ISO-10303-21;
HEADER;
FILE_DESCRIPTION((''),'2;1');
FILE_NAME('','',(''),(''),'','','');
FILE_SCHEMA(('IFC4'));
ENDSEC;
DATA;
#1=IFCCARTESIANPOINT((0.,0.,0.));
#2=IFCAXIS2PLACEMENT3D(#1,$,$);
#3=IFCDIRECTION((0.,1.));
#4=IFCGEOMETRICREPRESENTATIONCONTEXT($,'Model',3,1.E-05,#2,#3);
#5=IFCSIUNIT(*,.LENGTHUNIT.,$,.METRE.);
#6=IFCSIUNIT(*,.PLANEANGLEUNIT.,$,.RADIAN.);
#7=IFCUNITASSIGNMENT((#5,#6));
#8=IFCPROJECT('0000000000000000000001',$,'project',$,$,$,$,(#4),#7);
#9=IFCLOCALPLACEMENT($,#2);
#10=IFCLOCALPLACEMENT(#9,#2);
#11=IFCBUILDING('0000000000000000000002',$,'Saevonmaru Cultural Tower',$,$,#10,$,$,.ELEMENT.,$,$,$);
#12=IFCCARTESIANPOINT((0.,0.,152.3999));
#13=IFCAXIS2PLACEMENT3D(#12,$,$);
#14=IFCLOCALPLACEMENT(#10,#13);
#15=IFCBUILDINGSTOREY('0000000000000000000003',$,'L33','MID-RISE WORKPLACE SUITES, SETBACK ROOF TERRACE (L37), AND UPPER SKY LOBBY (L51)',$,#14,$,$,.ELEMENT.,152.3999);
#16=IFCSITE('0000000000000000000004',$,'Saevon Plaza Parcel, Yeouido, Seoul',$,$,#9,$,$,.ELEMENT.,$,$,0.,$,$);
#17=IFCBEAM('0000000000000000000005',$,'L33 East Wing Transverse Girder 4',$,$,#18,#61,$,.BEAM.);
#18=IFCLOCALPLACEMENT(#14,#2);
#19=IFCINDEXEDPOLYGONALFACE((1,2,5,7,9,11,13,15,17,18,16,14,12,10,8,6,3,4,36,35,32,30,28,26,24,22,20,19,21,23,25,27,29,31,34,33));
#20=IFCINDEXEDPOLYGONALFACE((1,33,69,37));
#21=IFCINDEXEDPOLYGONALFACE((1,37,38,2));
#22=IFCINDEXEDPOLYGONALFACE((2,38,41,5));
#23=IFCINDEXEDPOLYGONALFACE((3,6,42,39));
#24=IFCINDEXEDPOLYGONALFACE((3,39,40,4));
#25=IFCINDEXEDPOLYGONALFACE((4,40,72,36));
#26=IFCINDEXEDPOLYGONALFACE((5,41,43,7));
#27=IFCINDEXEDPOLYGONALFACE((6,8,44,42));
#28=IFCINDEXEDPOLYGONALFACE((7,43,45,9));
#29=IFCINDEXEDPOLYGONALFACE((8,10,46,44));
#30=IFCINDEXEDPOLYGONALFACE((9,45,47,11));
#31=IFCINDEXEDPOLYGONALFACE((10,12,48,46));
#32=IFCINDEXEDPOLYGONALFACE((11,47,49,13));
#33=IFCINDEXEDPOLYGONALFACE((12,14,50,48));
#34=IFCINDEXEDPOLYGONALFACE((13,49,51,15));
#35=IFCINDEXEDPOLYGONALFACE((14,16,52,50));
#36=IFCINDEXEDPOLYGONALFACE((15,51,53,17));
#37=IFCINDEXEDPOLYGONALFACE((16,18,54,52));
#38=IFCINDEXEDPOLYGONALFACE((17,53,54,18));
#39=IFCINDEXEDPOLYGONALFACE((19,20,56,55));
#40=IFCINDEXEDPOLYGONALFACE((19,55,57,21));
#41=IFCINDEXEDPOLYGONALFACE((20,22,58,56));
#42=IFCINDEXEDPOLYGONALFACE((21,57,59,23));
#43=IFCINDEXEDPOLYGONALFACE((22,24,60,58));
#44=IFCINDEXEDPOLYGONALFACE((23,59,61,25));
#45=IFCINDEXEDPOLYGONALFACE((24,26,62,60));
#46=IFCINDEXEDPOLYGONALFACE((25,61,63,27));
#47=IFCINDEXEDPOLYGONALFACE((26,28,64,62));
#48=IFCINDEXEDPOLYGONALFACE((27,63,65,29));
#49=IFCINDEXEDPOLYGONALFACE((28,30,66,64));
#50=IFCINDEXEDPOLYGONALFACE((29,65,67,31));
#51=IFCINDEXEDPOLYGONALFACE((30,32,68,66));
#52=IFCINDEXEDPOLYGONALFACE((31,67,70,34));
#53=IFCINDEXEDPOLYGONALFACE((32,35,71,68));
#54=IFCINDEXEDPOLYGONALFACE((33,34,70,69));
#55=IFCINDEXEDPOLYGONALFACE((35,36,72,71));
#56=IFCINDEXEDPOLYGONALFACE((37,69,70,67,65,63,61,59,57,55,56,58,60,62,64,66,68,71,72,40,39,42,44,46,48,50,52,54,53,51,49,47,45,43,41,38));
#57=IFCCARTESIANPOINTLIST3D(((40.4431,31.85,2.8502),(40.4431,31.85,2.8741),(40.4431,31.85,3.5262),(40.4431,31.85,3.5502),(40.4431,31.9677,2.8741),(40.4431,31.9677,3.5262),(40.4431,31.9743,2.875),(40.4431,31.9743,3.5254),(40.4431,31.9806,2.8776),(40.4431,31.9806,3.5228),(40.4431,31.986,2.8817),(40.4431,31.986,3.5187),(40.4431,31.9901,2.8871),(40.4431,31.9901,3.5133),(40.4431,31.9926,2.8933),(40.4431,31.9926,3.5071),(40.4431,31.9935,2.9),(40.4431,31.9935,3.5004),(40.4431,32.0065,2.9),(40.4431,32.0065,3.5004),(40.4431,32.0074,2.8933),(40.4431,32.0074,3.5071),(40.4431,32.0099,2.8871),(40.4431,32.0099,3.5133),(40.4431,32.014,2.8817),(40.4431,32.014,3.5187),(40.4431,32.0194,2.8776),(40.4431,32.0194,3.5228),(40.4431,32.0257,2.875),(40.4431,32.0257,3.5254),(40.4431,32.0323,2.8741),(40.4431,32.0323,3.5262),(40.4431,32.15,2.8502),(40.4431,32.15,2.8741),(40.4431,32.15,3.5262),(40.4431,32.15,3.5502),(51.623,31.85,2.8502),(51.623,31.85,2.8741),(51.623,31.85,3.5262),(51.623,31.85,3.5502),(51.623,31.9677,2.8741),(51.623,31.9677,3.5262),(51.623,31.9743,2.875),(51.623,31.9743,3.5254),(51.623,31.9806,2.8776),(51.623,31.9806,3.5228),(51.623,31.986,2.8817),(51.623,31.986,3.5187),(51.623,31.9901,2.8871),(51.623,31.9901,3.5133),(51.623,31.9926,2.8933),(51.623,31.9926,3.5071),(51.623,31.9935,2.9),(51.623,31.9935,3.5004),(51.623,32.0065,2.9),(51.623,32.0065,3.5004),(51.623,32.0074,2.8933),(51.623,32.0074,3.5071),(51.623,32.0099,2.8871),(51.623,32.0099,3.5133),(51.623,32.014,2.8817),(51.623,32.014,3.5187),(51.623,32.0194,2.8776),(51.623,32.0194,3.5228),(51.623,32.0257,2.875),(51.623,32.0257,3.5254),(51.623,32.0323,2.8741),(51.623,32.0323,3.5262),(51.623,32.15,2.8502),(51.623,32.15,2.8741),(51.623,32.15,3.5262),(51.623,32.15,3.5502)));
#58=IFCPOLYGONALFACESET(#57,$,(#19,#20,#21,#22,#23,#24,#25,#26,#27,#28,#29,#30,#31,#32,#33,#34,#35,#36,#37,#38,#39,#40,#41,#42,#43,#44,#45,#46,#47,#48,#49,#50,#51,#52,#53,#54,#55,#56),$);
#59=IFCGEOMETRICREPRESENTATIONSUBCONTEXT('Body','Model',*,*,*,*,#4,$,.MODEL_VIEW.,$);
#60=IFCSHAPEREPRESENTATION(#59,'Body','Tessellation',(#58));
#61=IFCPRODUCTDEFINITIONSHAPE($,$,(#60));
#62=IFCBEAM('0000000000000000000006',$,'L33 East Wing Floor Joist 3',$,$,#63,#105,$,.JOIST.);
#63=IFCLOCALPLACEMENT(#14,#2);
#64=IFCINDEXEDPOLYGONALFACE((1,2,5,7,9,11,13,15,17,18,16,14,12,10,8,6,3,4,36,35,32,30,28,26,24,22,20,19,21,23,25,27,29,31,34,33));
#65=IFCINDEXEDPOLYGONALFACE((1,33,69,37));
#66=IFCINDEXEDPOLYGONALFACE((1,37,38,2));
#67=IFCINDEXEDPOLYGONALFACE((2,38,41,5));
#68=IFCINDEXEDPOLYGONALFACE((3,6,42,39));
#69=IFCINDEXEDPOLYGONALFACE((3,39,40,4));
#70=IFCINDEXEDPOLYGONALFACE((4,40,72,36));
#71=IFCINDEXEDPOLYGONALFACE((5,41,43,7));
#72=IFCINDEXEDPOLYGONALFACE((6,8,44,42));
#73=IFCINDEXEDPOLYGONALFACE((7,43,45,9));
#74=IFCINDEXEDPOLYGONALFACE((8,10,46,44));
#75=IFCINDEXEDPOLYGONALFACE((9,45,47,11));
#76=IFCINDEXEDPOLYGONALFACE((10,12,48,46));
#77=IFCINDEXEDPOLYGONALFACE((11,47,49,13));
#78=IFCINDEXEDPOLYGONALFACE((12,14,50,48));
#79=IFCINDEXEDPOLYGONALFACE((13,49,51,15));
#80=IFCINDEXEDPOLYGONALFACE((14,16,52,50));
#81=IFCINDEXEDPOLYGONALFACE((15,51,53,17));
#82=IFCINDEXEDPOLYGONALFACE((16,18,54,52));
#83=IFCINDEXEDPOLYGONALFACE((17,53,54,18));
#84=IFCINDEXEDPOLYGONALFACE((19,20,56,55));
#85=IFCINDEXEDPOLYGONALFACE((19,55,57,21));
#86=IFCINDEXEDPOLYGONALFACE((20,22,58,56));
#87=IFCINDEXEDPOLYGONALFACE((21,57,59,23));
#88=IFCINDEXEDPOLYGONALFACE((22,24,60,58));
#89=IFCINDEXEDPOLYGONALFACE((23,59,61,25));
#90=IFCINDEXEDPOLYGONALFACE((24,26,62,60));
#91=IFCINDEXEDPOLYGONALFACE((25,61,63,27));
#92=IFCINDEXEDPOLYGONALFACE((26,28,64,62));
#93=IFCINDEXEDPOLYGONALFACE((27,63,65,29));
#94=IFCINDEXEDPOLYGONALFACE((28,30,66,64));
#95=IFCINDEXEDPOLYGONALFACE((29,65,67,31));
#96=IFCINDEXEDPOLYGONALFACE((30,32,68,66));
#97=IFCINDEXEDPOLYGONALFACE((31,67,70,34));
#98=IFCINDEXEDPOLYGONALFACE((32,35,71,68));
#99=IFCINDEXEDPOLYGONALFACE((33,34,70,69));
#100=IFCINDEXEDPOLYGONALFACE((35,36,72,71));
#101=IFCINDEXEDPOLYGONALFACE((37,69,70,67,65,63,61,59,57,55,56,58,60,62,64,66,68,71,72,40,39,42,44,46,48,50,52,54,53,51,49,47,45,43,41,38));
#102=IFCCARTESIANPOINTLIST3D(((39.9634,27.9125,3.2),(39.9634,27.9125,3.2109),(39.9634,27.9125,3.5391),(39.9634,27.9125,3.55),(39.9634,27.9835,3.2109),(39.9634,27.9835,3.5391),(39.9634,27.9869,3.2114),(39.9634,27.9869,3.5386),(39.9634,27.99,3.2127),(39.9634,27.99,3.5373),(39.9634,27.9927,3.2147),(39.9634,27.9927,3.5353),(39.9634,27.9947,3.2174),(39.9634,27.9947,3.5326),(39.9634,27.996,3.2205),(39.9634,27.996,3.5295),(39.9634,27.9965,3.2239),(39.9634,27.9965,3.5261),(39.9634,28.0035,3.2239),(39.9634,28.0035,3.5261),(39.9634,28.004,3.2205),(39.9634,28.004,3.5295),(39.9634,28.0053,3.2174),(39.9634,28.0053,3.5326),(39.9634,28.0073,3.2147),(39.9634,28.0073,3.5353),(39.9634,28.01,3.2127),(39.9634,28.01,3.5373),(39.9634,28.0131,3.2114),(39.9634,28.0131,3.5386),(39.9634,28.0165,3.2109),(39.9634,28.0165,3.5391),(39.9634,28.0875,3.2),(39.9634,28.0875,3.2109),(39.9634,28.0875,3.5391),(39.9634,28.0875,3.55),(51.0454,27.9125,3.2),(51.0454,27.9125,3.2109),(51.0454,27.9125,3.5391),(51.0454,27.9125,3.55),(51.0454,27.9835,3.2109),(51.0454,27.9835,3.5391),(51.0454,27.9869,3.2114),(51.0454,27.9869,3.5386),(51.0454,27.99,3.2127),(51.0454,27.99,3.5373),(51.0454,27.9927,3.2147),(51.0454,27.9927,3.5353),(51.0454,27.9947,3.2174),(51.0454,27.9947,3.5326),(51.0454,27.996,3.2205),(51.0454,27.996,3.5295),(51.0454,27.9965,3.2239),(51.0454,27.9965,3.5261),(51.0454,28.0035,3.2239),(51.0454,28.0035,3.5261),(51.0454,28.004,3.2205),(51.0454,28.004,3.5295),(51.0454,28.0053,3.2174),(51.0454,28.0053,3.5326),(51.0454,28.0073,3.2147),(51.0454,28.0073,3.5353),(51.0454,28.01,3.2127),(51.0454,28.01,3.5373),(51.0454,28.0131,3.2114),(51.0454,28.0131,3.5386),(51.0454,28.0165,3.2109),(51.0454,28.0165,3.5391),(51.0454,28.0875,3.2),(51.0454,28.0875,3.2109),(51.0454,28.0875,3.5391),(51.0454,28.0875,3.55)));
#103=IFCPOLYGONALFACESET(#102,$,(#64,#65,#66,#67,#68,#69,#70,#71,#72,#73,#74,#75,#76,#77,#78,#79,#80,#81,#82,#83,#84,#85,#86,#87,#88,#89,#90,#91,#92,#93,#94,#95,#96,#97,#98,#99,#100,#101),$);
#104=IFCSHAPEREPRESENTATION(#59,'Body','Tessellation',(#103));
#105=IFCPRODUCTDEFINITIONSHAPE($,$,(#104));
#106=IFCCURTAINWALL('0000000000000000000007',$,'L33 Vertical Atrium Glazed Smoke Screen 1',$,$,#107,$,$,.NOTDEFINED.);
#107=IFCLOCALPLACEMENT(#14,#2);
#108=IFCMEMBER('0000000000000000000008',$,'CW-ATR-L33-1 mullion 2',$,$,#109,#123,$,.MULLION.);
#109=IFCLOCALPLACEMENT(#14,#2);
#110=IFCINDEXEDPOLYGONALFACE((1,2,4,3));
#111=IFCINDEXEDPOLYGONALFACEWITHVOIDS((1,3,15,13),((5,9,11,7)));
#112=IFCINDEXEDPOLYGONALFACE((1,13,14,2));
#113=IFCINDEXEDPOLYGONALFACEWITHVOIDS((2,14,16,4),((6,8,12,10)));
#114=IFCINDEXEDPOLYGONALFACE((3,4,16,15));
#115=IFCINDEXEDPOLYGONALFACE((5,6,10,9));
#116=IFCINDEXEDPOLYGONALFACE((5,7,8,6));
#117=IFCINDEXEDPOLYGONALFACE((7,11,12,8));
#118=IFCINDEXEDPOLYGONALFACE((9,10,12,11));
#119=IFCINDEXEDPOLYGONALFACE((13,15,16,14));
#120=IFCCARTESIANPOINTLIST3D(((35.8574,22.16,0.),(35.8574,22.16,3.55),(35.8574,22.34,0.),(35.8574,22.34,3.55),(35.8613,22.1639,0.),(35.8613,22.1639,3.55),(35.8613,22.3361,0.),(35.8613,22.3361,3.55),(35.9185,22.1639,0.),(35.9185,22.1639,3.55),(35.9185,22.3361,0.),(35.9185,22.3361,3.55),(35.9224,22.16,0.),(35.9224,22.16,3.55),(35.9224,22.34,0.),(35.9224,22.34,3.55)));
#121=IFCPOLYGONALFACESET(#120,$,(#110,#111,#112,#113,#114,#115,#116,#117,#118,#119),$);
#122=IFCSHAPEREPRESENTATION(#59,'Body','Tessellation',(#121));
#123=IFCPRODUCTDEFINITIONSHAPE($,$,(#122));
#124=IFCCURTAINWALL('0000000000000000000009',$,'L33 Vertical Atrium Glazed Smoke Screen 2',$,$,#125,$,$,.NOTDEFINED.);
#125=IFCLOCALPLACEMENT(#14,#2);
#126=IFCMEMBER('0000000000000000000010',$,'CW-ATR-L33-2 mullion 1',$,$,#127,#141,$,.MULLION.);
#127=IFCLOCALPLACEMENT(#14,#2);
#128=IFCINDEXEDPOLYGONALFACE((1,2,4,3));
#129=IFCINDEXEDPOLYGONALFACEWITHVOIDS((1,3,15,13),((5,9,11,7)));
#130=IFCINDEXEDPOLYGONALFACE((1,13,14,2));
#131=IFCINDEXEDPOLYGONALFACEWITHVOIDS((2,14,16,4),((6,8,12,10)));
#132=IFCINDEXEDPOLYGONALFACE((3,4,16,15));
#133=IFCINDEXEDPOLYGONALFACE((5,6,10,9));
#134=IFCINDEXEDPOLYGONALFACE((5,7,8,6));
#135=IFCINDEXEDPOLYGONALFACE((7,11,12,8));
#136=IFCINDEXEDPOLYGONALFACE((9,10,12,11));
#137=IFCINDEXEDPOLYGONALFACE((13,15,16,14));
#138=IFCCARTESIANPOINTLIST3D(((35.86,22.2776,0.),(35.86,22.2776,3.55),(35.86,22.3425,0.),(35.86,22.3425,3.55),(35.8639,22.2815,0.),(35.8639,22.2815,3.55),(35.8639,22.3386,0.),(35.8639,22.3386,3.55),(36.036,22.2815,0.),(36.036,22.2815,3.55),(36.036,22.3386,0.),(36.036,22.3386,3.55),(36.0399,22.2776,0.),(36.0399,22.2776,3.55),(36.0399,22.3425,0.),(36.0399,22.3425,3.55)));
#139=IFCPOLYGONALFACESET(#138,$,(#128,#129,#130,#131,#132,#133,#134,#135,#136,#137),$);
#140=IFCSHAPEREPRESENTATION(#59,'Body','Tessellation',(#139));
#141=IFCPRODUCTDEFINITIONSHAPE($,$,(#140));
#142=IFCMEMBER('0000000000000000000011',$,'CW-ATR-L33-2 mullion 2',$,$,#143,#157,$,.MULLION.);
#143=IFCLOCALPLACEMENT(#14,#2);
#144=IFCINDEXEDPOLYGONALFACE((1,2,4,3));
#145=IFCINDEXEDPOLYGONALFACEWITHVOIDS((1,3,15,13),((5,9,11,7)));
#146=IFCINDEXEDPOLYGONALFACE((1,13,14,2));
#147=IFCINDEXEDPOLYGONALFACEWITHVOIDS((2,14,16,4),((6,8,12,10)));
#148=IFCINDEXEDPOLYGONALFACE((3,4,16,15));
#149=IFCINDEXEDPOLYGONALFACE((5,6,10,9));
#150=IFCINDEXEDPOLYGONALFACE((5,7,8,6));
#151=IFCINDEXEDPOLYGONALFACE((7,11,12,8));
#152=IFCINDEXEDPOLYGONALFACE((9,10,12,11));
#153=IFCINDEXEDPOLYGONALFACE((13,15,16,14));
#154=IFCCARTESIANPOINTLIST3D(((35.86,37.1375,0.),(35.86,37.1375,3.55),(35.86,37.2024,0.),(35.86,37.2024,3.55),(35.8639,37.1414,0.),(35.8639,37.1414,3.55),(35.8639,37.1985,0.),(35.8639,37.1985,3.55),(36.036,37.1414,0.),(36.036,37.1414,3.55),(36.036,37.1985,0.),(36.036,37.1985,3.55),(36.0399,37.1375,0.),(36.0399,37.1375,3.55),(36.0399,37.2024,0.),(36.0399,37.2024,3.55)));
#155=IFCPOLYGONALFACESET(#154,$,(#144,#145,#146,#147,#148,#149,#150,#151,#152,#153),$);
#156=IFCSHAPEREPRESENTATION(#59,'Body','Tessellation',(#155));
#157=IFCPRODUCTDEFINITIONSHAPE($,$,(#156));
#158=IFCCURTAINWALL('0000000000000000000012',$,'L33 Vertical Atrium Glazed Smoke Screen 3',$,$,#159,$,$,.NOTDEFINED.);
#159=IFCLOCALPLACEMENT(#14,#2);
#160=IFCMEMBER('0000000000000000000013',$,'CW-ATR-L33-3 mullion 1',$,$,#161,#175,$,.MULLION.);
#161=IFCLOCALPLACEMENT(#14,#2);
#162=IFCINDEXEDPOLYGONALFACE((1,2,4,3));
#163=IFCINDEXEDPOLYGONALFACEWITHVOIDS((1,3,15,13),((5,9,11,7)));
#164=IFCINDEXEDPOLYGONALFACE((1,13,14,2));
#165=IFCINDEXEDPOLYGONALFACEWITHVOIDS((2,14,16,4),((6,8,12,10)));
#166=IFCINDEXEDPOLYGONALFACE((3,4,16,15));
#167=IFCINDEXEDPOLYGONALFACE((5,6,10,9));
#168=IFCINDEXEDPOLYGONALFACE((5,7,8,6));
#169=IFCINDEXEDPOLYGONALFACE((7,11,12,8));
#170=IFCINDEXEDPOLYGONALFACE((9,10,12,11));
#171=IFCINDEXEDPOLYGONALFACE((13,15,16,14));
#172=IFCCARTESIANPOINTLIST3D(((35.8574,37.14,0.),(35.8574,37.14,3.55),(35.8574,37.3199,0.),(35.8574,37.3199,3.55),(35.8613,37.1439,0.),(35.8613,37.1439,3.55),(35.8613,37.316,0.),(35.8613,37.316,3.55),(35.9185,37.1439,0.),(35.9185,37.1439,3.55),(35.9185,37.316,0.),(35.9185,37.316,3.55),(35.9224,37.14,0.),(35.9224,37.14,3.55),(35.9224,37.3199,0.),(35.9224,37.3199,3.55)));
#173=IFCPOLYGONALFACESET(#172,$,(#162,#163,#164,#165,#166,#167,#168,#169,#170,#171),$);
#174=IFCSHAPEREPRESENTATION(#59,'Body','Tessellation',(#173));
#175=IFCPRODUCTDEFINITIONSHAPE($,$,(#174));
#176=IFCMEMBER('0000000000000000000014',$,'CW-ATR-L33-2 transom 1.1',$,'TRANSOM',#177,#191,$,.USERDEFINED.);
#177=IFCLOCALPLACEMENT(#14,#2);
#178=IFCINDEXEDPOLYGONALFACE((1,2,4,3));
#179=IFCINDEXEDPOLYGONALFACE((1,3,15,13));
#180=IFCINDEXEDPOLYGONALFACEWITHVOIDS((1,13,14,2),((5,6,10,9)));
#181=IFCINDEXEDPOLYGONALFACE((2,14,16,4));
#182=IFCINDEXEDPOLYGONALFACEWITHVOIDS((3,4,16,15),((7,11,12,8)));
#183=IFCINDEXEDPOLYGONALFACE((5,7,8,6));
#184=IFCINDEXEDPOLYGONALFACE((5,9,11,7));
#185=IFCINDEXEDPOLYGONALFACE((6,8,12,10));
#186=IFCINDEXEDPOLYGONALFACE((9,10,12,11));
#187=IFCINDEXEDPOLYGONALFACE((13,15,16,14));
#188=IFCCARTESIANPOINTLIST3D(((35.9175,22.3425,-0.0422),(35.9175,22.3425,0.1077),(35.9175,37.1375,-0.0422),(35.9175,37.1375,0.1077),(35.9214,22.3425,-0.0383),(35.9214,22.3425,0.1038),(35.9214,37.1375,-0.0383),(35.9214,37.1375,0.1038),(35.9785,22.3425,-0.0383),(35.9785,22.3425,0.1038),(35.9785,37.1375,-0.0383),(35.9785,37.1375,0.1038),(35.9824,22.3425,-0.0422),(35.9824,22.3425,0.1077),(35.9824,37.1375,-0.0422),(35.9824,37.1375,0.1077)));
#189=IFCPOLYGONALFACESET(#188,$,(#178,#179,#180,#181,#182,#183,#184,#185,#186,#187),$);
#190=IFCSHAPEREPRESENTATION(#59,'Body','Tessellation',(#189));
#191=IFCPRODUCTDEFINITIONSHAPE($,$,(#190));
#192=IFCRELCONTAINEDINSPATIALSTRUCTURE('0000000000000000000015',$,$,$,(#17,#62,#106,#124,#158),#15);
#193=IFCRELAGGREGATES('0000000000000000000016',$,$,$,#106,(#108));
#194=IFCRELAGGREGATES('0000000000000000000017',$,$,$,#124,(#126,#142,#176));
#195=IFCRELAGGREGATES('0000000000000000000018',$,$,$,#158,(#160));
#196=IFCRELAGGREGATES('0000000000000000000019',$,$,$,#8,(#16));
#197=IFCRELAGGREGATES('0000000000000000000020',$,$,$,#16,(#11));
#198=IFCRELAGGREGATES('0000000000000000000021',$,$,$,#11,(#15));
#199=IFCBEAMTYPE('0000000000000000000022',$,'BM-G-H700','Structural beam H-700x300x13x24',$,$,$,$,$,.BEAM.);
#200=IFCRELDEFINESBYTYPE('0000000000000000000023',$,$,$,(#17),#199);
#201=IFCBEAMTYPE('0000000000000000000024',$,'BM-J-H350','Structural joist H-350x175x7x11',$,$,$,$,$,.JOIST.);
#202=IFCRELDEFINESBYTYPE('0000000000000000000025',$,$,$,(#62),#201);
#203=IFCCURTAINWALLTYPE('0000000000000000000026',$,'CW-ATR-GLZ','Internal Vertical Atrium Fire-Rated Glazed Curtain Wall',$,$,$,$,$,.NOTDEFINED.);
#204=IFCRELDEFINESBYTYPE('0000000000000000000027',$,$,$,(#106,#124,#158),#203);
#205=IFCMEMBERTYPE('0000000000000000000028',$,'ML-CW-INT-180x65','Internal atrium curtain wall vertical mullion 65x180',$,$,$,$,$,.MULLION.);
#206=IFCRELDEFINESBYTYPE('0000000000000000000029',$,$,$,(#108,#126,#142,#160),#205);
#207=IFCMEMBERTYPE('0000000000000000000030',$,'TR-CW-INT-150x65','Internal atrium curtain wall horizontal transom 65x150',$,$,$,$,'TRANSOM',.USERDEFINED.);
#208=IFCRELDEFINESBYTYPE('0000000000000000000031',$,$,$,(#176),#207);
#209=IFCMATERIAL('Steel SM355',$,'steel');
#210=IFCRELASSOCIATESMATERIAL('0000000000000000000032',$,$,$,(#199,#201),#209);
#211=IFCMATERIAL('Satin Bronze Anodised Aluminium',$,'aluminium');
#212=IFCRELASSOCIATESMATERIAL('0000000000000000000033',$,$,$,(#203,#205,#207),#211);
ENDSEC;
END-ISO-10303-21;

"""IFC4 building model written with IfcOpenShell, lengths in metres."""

from ifc_helpers import new_model, si_unit, direction, frame, origin, origin_2d, place, context, subcontext, project, spatial, hollow_rectangle, i_section, extrude, material, material_profile, profile_set, type_object, element, aggregate, save


model = new_model("IFC4")

# Units and contexts
model_context = context("Model", 3, precision=1e-05, world=origin(), true_north=direction((0.0, 1.0)))
body_context = subcontext(model_context, "Body", "Model", "MODEL_VIEW")
ifc_project = project(units=[si_unit("LENGTHUNIT", "METRE"), si_unit("PLANEANGLEUNIT", "RADIAN")], contexts=[model_context])

# Site, building, storey
site_placement = place(None, origin())
site = spatial("IfcSite", under=ifc_project, at=site_placement, Name="Saevon Plaza Parcel, Yeouido, Seoul", CompositionType="ELEMENT", RefElevation=0.0)
building_placement = place(site_placement, origin())
building = spatial("IfcBuilding", under=site, at=building_placement, Name="Saevonmaru Cultural Tower", CompositionType="ELEMENT")
storey_placement = place(building_placement, frame((0.0, 0.0, 152.3999)))
storey = spatial("IfcBuildingStorey", under=building, at=storey_placement, Name="L33", Description="MID-RISE WORKPLACE SUITES, SETBACK ROOF TERRACE (L37), AND UPPER SKY LOBBY (L51)", CompositionType="ELEMENT", Elevation=152.3999)

# Shared definitions
ifc_material_1 = material(Name="Steel SM355", Category="steel")

# Beams
ifc_material_profile_1 = material_profile(ifc_material_1, i_section(OverallWidth=0.3, OverallDepth=0.7, WebThickness=0.0129, FlangeThickness=0.0239, FilletRadius=0.0259, at=origin_2d()), Name="H-700x300x13x24")
ifc_profile_set_1 = profile_set([ifc_material_profile_1], Name="Steel SM355")
beam_type_1 = type_object("IfcBeamType", Name="BM-G-H700", Description="Structural beam H-700x300x13x24", PredefinedType="BEAM", material=ifc_profile_set_1)
for number, where, z_axis, x_axis, name in (
    (1, (40.4431, 32.0, 3.2002), (1.0, 0.0, 0.0), (0.0, 1.0, 0.0), "L33 East Wing Transverse Girder 4"),
):
    element("IfcBeam", number, at=place(storey_placement, frame(where, z_axis=z_axis, x_axis=x_axis)), inside=storey, type_object=beam_type_1, Name=name, PredefinedType="BEAM", context=body_context, shape_type="SweptSolid", body=[
        extrude(i_section(OverallWidth=0.3, OverallDepth=0.7, WebThickness=0.0129, FlangeThickness=0.0239, FilletRadius=0.0259, at=origin_2d()), origin(), (0.0, 0.0, 1.0), 11.1799),
    ])
ifc_material_profile_2 = material_profile(ifc_material_1, i_section(OverallWidth=0.175, OverallDepth=0.3501, WebThickness=0.0071, FlangeThickness=0.011, FilletRadius=0.0129, at=origin_2d()), Name="H-350x175x7x11")
ifc_profile_set_2 = profile_set([ifc_material_profile_2], Name="Steel SM355")
beam_type_2 = type_object("IfcBeamType", Name="BM-J-H350", Description="Structural joist H-350x175x7x11", PredefinedType="JOIST", material=ifc_profile_set_2)
beam_1_placement = place(storey_placement, frame((39.9634, 28.0, 3.375), z_axis=(1.0, 0.0, 0.0), x_axis=(0.0, 1.0, 0.0)))
element("IfcBeam", 2, at=beam_1_placement, inside=storey, type_object=beam_type_2, Name="L33 East Wing Floor Joist 3", PredefinedType="JOIST", context=body_context, shape_type="SweptSolid", body=[
    extrude(i_section(OverallWidth=0.175, OverallDepth=0.3501, WebThickness=0.0071, FlangeThickness=0.011, FilletRadius=0.0129, at=origin_2d()), origin(), (0.0, 0.0, 1.0), 11.082),
])

# Curtain wall, member
ifc_material_2 = material(Name="Satin Bronze Anodised Aluminium", Category="aluminium")
curtain_wall_type = type_object("IfcCurtainWallType", Name="CW-ATR-GLZ", Description="Internal Vertical Atrium Fire-Rated Glazed Curtain Wall", PredefinedType="NOTDEFINED", material=ifc_material_2)
curtain_wall_1_placement = place(storey_placement, origin())
curtain_wall_1 = element("IfcCurtainWall", 3, at=curtain_wall_1_placement, inside=storey, type_object=curtain_wall_type, Name="L33 Vertical Atrium Glazed Smoke Screen 1", PredefinedType="NOTDEFINED")
ifc_material_profile_3 = material_profile(ifc_material_2, hollow_rectangle(XDim=0.0649, YDim=0.1799, WallThickness=0.0039, at=origin_2d()), Name="ALU-MULL-180x65x4")
ifc_profile_set_3 = profile_set([ifc_material_profile_3], Name="Satin Bronze Anodised Aluminium")
member_type_1 = type_object("IfcMemberType", Name="ML-CW-INT-180x65", Description="Internal atrium curtain wall vertical mullion 65x180", PredefinedType="MULLION", material=ifc_profile_set_3)
member_1_placement = place(storey_placement, frame((35.8899, 22.25, 0.0), z_axis=(0.0, 0.0, 1.0), x_axis=(1.0, 0.0, 0.0)))
member_1 = element("IfcMember", 4, at=member_1_placement, type_object=member_type_1, Name="CW-ATR-L33-1 mullion 2", PredefinedType="MULLION", context=body_context, shape_type="SweptSolid", body=[
    extrude(hollow_rectangle(XDim=0.0649, YDim=0.1799, WallThickness=0.0039, at=origin_2d()), origin(), (0.0, 0.0, 1.0), 3.55),
])

# Curtain wall, members
curtain_wall_2_placement = place(storey_placement, origin())
curtain_wall_2 = element("IfcCurtainWall", 5, at=curtain_wall_2_placement, inside=storey, type_object=curtain_wall_type, Name="L33 Vertical Atrium Glazed Smoke Screen 2", PredefinedType="NOTDEFINED")
member_2_placement = place(storey_placement, frame((35.95, 22.3101, 0.0), z_axis=(0.0, 0.0, 1.0), x_axis=(0.0, 1.0, 0.0)))
member_2 = element("IfcMember", 6, at=member_2_placement, type_object=member_type_1, Name="CW-ATR-L33-2 mullion 1", PredefinedType="MULLION", context=body_context, shape_type="SweptSolid", body=[
    extrude(hollow_rectangle(XDim=0.0649, YDim=0.1799, WallThickness=0.0039, at=origin_2d()), origin(), (0.0, 0.0, 1.0), 3.55),
])
member_3_placement = place(storey_placement, frame((35.95, 37.1699, 0.0), z_axis=(0.0, 0.0, 1.0), x_axis=(0.0, 1.0, 0.0)))
member_3 = element("IfcMember", 7, at=member_3_placement, type_object=member_type_1, Name="CW-ATR-L33-2 mullion 2", PredefinedType="MULLION", context=body_context, shape_type="SweptSolid", body=[
    extrude(hollow_rectangle(XDim=0.0649, YDim=0.1799, WallThickness=0.0039, at=origin_2d()), origin(), (0.0, 0.0, 1.0), 3.55),
])

# Curtain wall, member
curtain_wall_3_placement = place(storey_placement, origin())
curtain_wall_3 = element("IfcCurtainWall", 8, at=curtain_wall_3_placement, inside=storey, type_object=curtain_wall_type, Name="L33 Vertical Atrium Glazed Smoke Screen 3", PredefinedType="NOTDEFINED")
member_4_placement = place(storey_placement, frame((35.8899, 37.23, 0.0), z_axis=(0.0, 0.0, 1.0), x_axis=(-1.0, 0.0, 0.0)))
member_4 = element("IfcMember", 9, at=member_4_placement, type_object=member_type_1, Name="CW-ATR-L33-3 mullion 1", PredefinedType="MULLION", context=body_context, shape_type="SweptSolid", body=[
    extrude(hollow_rectangle(XDim=0.0649, YDim=0.1799, WallThickness=0.0039, at=origin_2d()), origin(), (0.0, 0.0, 1.0), 3.55),
])

# Member
ifc_material_profile_4 = material_profile(ifc_material_2, hollow_rectangle(XDim=0.0649, YDim=0.1499, WallThickness=0.0039, at=origin_2d()), Name="ALU-TRAN-150x65x4")
ifc_profile_set_4 = profile_set([ifc_material_profile_4], Name="Satin Bronze Anodised Aluminium")
member_type_2 = type_object("IfcMemberType", Name="TR-CW-INT-150x65", Description="Internal atrium curtain wall horizontal transom 65x150", ElementType="TRANSOM", PredefinedType="USERDEFINED", material=ifc_profile_set_4)
member_5_placement = place(storey_placement, frame((35.95, 22.3425, 0.0327), z_axis=(0.0, 1.0, 0.0), x_axis=(-1.0, 0.0, 0.0)))
member_5 = element("IfcMember", 10, at=member_5_placement, type_object=member_type_2, Name="CW-ATR-L33-2 transom 1.1", ObjectType="TRANSOM", PredefinedType="USERDEFINED", context=body_context, shape_type="SweptSolid", body=[
    extrude(hollow_rectangle(XDim=0.0649, YDim=0.1499, WallThickness=0.0039, at=origin_2d()), origin(), (0.0, 0.0, 1.0), 14.7949),
])

aggregate(curtain_wall_1, [member_1])
aggregate(curtain_wall_2, [member_2, member_3, member_5])
aggregate(curtain_wall_3, [member_4])

save(model, "model.ifc")
